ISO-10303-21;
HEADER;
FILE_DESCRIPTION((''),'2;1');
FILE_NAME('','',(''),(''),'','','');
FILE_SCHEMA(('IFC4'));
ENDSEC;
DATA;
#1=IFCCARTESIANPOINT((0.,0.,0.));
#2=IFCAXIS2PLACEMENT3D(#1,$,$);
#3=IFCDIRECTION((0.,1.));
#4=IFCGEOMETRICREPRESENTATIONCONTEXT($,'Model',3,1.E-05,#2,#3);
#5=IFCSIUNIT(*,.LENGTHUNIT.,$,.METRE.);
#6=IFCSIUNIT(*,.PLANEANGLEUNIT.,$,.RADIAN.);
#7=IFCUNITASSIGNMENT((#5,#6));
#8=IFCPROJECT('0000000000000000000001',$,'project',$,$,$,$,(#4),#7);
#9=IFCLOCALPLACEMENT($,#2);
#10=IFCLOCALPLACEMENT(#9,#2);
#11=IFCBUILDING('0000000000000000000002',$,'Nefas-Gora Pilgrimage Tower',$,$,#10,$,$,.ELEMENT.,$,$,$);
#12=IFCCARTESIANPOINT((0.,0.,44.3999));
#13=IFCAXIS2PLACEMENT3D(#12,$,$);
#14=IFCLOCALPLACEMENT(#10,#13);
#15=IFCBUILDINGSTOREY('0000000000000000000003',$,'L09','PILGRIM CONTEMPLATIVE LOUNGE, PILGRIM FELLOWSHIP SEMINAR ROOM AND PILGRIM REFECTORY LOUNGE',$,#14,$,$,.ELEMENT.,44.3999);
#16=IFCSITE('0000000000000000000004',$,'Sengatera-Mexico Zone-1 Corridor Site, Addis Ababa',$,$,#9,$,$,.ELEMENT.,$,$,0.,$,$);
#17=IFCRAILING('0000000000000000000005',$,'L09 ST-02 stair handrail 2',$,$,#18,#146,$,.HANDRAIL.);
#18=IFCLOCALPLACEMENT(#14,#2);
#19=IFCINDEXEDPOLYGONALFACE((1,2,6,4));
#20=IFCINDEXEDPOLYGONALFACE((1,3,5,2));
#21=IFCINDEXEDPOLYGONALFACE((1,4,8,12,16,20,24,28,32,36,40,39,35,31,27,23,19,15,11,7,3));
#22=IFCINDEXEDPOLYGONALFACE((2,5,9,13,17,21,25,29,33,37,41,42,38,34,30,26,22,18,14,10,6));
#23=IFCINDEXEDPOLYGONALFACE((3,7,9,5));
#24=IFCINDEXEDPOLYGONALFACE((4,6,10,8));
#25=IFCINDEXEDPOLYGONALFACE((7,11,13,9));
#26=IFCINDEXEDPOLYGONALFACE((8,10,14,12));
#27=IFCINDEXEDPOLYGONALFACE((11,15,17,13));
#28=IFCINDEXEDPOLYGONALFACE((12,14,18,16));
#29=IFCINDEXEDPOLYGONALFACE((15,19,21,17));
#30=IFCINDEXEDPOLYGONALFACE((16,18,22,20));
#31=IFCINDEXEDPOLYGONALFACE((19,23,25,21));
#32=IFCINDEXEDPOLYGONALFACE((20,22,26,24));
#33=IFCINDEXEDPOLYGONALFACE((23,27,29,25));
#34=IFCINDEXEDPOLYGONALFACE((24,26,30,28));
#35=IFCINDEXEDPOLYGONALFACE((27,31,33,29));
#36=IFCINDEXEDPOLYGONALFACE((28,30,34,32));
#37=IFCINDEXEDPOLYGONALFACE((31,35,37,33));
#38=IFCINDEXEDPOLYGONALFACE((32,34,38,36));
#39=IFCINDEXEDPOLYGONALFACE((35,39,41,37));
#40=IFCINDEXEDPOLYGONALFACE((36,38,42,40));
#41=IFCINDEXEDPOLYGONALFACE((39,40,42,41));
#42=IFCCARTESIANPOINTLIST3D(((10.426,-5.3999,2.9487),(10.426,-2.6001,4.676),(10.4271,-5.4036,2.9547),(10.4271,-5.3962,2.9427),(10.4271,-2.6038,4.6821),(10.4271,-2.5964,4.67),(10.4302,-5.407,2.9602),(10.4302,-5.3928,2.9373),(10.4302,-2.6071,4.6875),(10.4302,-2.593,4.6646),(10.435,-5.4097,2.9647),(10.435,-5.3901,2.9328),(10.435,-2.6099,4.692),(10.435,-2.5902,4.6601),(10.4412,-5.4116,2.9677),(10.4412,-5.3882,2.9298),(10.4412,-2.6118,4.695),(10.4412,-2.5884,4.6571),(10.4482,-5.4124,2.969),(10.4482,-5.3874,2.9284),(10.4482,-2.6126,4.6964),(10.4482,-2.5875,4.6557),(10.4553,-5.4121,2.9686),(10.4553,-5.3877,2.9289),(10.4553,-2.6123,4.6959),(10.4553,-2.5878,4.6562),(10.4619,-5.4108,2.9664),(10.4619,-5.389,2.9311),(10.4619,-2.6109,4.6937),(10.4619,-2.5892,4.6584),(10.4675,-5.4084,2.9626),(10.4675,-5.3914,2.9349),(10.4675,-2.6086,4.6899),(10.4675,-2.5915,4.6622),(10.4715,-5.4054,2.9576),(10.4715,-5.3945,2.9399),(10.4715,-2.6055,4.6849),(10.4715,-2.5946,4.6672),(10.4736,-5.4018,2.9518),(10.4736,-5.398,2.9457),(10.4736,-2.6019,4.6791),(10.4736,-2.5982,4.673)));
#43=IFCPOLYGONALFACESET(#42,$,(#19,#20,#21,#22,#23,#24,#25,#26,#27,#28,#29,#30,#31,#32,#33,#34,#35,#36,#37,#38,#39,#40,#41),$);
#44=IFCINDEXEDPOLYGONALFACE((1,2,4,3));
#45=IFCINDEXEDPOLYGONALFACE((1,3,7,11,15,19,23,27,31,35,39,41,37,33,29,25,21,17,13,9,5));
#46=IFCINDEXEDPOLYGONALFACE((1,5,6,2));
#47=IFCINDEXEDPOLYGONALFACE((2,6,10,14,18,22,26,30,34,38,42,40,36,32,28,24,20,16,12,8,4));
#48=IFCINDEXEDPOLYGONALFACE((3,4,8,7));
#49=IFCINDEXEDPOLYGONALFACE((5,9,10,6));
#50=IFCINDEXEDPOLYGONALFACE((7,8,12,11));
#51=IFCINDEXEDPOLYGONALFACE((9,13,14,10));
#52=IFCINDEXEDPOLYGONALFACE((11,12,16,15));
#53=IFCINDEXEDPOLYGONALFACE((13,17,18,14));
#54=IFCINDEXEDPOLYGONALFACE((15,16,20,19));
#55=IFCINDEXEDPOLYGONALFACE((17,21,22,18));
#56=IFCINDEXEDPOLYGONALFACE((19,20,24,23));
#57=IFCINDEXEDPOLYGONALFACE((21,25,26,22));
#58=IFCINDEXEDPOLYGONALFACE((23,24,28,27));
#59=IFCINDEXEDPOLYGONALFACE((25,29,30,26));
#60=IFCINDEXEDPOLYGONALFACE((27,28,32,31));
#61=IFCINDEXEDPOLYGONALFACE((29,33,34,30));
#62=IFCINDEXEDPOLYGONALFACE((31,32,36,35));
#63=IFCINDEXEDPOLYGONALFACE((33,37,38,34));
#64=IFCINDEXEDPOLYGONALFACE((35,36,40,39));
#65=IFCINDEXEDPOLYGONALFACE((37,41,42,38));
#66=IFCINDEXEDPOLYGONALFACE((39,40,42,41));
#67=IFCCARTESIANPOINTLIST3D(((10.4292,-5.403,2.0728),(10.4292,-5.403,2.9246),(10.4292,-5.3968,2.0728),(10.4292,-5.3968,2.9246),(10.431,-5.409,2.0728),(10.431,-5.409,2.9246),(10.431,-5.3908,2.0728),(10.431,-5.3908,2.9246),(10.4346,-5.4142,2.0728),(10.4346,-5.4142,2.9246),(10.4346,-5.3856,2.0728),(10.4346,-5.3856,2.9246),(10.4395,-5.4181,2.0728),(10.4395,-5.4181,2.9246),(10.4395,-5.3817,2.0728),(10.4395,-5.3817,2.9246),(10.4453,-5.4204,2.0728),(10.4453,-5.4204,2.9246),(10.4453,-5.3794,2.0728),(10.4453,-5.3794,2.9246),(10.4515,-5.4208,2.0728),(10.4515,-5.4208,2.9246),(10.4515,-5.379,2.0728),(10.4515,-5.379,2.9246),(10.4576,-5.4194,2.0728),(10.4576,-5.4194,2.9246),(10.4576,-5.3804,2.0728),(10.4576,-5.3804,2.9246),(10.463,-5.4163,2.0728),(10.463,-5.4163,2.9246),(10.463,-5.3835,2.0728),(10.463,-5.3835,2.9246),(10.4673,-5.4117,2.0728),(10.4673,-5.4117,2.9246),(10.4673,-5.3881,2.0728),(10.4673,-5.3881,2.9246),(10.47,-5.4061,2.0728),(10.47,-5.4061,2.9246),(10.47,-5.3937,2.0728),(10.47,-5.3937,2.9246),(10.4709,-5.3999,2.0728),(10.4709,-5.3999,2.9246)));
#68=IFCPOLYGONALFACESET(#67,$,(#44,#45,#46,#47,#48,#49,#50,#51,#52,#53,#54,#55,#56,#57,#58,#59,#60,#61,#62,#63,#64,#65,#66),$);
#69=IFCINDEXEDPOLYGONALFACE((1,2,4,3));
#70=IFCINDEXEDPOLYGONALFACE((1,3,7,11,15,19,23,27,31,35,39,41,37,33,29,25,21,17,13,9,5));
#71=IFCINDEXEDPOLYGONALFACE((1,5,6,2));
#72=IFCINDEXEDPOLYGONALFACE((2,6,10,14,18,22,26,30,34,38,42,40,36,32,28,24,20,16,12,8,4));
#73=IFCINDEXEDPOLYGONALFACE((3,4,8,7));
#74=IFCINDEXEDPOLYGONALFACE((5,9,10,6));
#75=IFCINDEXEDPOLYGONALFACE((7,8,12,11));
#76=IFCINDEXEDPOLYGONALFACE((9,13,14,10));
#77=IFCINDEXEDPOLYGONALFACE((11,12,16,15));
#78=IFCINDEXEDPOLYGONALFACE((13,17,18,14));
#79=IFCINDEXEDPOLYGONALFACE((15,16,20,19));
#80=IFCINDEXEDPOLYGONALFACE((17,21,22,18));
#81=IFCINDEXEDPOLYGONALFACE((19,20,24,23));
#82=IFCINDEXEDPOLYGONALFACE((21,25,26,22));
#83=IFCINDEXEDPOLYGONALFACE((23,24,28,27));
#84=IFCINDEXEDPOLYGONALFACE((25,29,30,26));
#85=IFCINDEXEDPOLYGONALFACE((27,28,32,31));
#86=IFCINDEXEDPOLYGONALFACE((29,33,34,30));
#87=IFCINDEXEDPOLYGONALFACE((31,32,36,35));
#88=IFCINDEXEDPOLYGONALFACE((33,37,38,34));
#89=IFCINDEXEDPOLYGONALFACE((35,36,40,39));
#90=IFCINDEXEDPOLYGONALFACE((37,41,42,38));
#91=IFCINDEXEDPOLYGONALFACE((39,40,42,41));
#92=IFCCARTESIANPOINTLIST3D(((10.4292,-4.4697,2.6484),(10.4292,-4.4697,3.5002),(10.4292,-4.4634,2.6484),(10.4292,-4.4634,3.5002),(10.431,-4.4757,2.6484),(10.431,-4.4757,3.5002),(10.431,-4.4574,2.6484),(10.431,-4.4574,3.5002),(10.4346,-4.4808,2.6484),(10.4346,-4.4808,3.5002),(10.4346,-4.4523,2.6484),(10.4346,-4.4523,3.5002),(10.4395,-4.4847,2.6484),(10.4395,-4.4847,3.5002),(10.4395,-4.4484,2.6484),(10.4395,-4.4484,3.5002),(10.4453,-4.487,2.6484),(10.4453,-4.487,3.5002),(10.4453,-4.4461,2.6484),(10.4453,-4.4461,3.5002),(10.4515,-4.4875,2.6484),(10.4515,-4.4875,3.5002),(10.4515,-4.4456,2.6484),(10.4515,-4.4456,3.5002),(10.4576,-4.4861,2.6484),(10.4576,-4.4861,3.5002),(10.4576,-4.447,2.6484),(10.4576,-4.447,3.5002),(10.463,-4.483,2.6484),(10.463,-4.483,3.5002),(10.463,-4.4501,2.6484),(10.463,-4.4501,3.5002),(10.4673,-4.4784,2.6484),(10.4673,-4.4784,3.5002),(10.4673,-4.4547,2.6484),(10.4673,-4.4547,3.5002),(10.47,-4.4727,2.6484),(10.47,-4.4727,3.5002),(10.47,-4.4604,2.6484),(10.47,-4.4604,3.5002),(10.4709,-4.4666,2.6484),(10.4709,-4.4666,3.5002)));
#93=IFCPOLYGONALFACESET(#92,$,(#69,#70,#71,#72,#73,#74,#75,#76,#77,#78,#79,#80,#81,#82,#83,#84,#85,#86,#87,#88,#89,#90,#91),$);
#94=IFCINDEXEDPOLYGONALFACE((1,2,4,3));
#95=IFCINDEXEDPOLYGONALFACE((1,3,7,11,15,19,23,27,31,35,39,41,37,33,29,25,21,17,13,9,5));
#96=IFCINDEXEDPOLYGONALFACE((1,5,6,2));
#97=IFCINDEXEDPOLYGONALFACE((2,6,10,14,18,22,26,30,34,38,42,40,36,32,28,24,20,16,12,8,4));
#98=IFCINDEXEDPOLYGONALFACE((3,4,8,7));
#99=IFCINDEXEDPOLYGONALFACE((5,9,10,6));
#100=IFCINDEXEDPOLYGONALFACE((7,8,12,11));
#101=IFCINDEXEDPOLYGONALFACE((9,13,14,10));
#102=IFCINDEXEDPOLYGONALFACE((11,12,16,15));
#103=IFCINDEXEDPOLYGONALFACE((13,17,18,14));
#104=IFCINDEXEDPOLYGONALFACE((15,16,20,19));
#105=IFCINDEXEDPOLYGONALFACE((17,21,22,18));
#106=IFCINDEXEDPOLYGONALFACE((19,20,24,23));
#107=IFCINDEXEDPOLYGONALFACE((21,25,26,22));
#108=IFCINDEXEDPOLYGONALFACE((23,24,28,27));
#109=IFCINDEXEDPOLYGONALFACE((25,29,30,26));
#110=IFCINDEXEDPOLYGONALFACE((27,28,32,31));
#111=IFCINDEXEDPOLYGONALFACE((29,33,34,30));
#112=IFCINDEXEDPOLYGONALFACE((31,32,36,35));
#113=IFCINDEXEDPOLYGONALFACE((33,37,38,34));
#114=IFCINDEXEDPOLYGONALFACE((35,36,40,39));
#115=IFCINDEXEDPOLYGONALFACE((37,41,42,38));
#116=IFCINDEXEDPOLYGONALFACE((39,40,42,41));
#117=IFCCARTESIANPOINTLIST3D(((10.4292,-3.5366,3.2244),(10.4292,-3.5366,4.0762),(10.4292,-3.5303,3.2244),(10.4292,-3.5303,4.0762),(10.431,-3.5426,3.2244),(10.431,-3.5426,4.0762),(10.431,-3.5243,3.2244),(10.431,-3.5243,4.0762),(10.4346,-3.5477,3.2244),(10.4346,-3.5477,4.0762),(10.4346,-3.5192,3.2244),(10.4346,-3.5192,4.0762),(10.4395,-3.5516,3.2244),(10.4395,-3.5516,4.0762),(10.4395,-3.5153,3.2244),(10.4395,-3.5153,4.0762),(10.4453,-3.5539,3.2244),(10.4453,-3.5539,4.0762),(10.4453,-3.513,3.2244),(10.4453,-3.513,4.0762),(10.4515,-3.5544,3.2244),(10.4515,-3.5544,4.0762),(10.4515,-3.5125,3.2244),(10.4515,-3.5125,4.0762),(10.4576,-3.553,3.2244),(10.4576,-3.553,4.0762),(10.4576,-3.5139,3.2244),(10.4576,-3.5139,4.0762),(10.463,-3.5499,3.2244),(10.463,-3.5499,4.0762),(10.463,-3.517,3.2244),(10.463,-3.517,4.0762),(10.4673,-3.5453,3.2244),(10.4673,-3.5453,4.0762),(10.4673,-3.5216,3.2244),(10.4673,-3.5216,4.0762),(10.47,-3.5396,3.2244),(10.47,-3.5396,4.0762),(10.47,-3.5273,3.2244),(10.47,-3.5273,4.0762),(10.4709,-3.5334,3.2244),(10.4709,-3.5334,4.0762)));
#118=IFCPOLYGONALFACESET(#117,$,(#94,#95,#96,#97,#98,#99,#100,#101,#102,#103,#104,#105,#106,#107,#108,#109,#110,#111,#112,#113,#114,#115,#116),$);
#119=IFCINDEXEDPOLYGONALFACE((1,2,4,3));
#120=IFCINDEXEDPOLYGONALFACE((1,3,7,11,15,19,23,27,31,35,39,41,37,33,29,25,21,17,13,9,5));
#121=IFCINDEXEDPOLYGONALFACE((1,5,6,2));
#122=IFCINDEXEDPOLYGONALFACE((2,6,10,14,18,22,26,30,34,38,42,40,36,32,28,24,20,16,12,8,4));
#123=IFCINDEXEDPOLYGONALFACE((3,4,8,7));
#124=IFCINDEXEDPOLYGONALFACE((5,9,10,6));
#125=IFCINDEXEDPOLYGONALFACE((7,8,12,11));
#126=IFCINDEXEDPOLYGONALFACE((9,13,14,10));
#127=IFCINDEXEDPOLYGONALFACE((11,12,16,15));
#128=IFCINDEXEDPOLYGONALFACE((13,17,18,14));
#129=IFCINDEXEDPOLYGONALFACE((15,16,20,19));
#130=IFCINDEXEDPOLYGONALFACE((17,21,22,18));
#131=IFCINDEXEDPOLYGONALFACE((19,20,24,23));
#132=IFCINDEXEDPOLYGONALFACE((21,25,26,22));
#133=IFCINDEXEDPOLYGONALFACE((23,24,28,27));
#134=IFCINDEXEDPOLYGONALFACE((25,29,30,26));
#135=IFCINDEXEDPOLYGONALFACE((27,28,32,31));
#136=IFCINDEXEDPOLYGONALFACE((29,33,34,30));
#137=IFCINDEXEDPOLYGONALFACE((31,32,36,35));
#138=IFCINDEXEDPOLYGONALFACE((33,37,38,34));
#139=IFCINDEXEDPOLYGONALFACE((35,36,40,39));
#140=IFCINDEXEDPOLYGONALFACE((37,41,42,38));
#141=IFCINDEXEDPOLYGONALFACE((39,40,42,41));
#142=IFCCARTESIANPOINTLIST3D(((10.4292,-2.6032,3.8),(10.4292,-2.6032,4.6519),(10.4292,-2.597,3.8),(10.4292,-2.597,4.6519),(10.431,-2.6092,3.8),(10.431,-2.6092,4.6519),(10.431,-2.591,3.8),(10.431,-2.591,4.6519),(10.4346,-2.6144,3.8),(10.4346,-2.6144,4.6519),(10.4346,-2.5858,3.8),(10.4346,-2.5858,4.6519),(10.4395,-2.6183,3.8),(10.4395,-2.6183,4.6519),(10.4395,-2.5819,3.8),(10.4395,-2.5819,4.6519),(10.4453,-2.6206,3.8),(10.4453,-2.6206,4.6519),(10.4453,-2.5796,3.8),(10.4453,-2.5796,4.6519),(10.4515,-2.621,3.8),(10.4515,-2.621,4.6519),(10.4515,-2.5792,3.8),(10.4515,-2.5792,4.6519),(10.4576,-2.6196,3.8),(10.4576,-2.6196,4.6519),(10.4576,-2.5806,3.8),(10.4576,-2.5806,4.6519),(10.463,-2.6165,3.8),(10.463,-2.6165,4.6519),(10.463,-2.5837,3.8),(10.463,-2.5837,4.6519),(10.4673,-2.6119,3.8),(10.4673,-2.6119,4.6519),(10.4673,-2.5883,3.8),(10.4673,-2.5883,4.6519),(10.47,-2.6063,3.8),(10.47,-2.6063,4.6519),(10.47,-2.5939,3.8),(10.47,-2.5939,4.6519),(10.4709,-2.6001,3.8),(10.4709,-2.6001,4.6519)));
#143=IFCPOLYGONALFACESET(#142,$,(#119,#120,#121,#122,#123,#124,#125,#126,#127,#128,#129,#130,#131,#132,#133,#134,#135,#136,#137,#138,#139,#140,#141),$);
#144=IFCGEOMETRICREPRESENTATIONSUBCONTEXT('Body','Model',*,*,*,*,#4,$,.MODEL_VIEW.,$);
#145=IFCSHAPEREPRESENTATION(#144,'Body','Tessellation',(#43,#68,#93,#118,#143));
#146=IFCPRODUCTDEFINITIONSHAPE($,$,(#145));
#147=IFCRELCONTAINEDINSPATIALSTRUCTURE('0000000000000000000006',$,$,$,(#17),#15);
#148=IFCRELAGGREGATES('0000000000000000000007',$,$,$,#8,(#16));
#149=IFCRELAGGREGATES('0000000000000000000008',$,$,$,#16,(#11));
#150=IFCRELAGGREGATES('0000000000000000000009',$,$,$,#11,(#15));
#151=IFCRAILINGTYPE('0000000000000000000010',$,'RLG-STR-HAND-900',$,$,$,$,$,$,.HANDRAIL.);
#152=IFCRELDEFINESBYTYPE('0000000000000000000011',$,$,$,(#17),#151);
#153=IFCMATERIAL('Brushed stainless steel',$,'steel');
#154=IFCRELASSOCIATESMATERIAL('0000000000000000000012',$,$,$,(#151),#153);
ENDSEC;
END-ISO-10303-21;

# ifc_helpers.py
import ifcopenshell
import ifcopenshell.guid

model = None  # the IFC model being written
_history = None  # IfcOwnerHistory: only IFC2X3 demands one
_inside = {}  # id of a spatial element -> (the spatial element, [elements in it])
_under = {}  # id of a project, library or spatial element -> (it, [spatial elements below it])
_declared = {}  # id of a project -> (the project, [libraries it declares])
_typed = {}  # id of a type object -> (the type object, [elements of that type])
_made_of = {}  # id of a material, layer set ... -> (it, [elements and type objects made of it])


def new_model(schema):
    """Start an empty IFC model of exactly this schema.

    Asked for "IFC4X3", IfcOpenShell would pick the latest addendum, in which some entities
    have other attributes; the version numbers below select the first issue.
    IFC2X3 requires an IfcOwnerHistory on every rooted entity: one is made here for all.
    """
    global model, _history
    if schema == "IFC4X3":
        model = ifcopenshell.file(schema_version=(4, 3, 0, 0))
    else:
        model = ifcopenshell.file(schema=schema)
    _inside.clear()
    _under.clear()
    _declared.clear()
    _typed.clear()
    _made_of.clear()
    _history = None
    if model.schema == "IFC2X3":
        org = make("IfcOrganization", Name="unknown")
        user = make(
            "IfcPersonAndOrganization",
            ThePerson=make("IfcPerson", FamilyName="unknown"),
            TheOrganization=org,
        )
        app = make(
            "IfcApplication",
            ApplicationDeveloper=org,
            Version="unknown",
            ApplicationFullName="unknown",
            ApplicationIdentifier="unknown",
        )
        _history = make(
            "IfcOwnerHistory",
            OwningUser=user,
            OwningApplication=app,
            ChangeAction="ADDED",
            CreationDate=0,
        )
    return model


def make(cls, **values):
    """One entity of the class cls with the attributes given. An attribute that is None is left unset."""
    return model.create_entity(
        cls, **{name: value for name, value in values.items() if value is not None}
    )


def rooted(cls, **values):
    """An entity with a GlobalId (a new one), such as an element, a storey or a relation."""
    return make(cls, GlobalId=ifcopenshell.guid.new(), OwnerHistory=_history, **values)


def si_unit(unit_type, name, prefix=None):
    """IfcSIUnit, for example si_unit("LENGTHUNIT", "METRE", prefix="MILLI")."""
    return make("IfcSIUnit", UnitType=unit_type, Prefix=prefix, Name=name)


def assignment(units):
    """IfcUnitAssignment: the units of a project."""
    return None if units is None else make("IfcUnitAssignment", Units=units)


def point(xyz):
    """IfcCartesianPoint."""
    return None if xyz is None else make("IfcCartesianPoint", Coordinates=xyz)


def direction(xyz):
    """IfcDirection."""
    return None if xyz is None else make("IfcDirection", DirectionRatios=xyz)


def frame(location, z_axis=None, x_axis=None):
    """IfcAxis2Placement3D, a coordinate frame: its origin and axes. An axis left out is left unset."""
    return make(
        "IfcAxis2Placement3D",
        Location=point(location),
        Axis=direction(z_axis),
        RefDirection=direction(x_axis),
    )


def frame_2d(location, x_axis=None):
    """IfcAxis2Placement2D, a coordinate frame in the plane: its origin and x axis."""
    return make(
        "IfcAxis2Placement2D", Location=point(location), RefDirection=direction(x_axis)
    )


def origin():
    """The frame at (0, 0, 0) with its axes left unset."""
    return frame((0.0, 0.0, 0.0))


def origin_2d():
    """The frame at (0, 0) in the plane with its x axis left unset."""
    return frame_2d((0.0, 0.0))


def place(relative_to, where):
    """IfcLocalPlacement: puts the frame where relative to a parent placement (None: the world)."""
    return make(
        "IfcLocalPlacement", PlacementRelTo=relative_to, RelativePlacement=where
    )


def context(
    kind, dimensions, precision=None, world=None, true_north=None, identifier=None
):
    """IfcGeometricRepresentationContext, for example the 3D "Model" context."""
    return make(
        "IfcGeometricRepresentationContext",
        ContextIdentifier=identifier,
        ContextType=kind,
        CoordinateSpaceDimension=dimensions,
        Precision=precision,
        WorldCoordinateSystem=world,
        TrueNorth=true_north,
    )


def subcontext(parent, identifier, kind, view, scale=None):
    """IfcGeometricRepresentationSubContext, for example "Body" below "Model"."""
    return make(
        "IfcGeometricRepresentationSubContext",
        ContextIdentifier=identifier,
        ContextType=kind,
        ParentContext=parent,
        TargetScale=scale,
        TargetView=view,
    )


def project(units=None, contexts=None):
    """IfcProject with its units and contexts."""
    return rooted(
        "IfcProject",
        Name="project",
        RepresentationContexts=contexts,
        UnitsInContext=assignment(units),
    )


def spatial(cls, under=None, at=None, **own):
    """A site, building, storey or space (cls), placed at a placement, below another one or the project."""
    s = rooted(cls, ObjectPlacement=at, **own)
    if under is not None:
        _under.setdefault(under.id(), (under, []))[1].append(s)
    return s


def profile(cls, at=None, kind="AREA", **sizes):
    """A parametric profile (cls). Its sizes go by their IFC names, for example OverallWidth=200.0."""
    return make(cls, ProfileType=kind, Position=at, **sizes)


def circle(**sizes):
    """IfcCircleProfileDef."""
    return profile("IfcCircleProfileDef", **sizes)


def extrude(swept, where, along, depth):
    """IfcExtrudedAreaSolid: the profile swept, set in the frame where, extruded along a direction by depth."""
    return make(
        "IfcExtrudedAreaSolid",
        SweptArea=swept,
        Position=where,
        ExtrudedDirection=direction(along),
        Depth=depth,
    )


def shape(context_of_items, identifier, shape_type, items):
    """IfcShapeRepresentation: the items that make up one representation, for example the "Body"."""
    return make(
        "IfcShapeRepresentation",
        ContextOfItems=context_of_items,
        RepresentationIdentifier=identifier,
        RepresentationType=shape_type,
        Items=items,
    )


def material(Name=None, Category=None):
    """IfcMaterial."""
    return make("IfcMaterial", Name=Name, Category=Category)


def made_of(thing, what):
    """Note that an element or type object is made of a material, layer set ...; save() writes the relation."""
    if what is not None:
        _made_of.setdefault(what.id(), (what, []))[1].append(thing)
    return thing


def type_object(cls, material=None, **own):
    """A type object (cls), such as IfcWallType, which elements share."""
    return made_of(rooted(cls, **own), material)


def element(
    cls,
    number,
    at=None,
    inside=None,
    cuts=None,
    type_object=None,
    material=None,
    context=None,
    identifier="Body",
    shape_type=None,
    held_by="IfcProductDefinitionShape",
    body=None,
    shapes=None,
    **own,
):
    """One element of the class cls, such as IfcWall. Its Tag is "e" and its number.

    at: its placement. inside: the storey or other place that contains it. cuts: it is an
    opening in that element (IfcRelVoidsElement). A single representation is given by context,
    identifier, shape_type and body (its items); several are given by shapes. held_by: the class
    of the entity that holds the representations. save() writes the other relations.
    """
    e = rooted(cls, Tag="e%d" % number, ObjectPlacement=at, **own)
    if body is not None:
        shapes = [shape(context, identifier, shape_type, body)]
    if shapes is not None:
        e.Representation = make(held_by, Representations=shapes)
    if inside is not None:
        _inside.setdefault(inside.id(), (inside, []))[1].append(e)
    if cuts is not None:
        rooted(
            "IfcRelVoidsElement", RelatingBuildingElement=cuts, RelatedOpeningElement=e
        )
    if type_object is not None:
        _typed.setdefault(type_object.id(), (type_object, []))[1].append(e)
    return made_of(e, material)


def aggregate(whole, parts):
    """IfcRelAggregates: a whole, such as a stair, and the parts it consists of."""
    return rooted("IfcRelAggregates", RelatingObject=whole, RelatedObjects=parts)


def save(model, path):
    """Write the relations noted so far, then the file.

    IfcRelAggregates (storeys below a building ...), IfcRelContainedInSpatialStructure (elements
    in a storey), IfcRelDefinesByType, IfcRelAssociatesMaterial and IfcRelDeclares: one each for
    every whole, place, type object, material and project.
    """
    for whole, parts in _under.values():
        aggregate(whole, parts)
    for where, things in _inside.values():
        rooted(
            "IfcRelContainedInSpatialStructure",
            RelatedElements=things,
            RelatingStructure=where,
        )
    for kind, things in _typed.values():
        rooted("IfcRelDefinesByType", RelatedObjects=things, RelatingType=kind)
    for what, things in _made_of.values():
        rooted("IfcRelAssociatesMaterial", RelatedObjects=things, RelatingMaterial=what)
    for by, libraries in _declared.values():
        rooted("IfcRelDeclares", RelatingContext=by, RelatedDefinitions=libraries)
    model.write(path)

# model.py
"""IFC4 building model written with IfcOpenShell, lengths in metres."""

from ifc_helpers import new_model, si_unit, direction, frame, origin, origin_2d, place, context, subcontext, project, spatial, circle, extrude, material, type_object, element, save


model = new_model("IFC4")

# Units and contexts
model_context = context("Model", 3, precision=1e-05, world=origin(), true_north=direction((0.0, 1.0)))
body_context = subcontext(model_context, "Body", "Model", "MODEL_VIEW")
ifc_project = project(units=[si_unit("LENGTHUNIT", "METRE"), si_unit("PLANEANGLEUNIT", "RADIAN")], contexts=[model_context])

# Site, building, storey
site_placement = place(None, origin())
site = spatial("IfcSite", under=ifc_project, at=site_placement, Name="Sengatera-Mexico Zone-1 Corridor Site, Addis Ababa", CompositionType="ELEMENT", RefElevation=0.0)
building_placement = place(site_placement, origin())
building = spatial("IfcBuilding", under=site, at=building_placement, Name="Nefas-Gora Pilgrimage Tower", CompositionType="ELEMENT")
storey_placement = place(building_placement, frame((0.0, 0.0, 44.3999)))
storey = spatial("IfcBuildingStorey", under=building, at=storey_placement, Name="L09", Description="PILGRIM CONTEMPLATIVE LOUNGE, PILGRIM FELLOWSHIP SEMINAR ROOM AND PILGRIM REFECTORY LOUNGE", CompositionType="ELEMENT", Elevation=44.3999)

# Railing
ifc_material_1 = material(Name="Brushed stainless steel", Category="steel")
railing_type_1 = type_object("IfcRailingType", Name="RLG-STR-HAND-900", PredefinedType="HANDRAIL", material=ifc_material_1)
railing_1_placement = place(storey_placement, frame((10.45, -5.3999, 2.0728)))
element("IfcRailing", 1, at=railing_1_placement, inside=storey, type_object=railing_type_1, Name="L09 ST-02 stair handrail 2", PredefinedType="HANDRAIL", context=body_context, shape_type="SweptSolid", body=[
    extrude(circle(Radius=0.0239, at=origin_2d()), frame((0.0, 0.0, 0.876), z_axis=(0.0, 0.851069, 0.525054), x_axis=(-1.0, 0.0, 0.0)), (0.0, 0.0, 1.0), 3.2898),
    extrude(circle(Radius=0.021, at=origin_2d()), origin(), (0.0, 0.0, 1.0), 0.8518),
    extrude(circle(Radius=0.021, at=origin_2d()), frame((0.0, 0.9333, 0.5757)), (0.0, 0.0, 1.0), 0.8518),
    extrude(circle(Radius=0.021, at=origin_2d()), frame((0.0, 1.8665, 1.1516)), (0.0, 0.0, 1.0), 0.8518),
    extrude(circle(Radius=0.021, at=origin_2d()), frame((0.0, 2.7998, 1.7273)), (0.0, 0.0, 1.0), 0.8518),
])

save(model, "model.ifc")
